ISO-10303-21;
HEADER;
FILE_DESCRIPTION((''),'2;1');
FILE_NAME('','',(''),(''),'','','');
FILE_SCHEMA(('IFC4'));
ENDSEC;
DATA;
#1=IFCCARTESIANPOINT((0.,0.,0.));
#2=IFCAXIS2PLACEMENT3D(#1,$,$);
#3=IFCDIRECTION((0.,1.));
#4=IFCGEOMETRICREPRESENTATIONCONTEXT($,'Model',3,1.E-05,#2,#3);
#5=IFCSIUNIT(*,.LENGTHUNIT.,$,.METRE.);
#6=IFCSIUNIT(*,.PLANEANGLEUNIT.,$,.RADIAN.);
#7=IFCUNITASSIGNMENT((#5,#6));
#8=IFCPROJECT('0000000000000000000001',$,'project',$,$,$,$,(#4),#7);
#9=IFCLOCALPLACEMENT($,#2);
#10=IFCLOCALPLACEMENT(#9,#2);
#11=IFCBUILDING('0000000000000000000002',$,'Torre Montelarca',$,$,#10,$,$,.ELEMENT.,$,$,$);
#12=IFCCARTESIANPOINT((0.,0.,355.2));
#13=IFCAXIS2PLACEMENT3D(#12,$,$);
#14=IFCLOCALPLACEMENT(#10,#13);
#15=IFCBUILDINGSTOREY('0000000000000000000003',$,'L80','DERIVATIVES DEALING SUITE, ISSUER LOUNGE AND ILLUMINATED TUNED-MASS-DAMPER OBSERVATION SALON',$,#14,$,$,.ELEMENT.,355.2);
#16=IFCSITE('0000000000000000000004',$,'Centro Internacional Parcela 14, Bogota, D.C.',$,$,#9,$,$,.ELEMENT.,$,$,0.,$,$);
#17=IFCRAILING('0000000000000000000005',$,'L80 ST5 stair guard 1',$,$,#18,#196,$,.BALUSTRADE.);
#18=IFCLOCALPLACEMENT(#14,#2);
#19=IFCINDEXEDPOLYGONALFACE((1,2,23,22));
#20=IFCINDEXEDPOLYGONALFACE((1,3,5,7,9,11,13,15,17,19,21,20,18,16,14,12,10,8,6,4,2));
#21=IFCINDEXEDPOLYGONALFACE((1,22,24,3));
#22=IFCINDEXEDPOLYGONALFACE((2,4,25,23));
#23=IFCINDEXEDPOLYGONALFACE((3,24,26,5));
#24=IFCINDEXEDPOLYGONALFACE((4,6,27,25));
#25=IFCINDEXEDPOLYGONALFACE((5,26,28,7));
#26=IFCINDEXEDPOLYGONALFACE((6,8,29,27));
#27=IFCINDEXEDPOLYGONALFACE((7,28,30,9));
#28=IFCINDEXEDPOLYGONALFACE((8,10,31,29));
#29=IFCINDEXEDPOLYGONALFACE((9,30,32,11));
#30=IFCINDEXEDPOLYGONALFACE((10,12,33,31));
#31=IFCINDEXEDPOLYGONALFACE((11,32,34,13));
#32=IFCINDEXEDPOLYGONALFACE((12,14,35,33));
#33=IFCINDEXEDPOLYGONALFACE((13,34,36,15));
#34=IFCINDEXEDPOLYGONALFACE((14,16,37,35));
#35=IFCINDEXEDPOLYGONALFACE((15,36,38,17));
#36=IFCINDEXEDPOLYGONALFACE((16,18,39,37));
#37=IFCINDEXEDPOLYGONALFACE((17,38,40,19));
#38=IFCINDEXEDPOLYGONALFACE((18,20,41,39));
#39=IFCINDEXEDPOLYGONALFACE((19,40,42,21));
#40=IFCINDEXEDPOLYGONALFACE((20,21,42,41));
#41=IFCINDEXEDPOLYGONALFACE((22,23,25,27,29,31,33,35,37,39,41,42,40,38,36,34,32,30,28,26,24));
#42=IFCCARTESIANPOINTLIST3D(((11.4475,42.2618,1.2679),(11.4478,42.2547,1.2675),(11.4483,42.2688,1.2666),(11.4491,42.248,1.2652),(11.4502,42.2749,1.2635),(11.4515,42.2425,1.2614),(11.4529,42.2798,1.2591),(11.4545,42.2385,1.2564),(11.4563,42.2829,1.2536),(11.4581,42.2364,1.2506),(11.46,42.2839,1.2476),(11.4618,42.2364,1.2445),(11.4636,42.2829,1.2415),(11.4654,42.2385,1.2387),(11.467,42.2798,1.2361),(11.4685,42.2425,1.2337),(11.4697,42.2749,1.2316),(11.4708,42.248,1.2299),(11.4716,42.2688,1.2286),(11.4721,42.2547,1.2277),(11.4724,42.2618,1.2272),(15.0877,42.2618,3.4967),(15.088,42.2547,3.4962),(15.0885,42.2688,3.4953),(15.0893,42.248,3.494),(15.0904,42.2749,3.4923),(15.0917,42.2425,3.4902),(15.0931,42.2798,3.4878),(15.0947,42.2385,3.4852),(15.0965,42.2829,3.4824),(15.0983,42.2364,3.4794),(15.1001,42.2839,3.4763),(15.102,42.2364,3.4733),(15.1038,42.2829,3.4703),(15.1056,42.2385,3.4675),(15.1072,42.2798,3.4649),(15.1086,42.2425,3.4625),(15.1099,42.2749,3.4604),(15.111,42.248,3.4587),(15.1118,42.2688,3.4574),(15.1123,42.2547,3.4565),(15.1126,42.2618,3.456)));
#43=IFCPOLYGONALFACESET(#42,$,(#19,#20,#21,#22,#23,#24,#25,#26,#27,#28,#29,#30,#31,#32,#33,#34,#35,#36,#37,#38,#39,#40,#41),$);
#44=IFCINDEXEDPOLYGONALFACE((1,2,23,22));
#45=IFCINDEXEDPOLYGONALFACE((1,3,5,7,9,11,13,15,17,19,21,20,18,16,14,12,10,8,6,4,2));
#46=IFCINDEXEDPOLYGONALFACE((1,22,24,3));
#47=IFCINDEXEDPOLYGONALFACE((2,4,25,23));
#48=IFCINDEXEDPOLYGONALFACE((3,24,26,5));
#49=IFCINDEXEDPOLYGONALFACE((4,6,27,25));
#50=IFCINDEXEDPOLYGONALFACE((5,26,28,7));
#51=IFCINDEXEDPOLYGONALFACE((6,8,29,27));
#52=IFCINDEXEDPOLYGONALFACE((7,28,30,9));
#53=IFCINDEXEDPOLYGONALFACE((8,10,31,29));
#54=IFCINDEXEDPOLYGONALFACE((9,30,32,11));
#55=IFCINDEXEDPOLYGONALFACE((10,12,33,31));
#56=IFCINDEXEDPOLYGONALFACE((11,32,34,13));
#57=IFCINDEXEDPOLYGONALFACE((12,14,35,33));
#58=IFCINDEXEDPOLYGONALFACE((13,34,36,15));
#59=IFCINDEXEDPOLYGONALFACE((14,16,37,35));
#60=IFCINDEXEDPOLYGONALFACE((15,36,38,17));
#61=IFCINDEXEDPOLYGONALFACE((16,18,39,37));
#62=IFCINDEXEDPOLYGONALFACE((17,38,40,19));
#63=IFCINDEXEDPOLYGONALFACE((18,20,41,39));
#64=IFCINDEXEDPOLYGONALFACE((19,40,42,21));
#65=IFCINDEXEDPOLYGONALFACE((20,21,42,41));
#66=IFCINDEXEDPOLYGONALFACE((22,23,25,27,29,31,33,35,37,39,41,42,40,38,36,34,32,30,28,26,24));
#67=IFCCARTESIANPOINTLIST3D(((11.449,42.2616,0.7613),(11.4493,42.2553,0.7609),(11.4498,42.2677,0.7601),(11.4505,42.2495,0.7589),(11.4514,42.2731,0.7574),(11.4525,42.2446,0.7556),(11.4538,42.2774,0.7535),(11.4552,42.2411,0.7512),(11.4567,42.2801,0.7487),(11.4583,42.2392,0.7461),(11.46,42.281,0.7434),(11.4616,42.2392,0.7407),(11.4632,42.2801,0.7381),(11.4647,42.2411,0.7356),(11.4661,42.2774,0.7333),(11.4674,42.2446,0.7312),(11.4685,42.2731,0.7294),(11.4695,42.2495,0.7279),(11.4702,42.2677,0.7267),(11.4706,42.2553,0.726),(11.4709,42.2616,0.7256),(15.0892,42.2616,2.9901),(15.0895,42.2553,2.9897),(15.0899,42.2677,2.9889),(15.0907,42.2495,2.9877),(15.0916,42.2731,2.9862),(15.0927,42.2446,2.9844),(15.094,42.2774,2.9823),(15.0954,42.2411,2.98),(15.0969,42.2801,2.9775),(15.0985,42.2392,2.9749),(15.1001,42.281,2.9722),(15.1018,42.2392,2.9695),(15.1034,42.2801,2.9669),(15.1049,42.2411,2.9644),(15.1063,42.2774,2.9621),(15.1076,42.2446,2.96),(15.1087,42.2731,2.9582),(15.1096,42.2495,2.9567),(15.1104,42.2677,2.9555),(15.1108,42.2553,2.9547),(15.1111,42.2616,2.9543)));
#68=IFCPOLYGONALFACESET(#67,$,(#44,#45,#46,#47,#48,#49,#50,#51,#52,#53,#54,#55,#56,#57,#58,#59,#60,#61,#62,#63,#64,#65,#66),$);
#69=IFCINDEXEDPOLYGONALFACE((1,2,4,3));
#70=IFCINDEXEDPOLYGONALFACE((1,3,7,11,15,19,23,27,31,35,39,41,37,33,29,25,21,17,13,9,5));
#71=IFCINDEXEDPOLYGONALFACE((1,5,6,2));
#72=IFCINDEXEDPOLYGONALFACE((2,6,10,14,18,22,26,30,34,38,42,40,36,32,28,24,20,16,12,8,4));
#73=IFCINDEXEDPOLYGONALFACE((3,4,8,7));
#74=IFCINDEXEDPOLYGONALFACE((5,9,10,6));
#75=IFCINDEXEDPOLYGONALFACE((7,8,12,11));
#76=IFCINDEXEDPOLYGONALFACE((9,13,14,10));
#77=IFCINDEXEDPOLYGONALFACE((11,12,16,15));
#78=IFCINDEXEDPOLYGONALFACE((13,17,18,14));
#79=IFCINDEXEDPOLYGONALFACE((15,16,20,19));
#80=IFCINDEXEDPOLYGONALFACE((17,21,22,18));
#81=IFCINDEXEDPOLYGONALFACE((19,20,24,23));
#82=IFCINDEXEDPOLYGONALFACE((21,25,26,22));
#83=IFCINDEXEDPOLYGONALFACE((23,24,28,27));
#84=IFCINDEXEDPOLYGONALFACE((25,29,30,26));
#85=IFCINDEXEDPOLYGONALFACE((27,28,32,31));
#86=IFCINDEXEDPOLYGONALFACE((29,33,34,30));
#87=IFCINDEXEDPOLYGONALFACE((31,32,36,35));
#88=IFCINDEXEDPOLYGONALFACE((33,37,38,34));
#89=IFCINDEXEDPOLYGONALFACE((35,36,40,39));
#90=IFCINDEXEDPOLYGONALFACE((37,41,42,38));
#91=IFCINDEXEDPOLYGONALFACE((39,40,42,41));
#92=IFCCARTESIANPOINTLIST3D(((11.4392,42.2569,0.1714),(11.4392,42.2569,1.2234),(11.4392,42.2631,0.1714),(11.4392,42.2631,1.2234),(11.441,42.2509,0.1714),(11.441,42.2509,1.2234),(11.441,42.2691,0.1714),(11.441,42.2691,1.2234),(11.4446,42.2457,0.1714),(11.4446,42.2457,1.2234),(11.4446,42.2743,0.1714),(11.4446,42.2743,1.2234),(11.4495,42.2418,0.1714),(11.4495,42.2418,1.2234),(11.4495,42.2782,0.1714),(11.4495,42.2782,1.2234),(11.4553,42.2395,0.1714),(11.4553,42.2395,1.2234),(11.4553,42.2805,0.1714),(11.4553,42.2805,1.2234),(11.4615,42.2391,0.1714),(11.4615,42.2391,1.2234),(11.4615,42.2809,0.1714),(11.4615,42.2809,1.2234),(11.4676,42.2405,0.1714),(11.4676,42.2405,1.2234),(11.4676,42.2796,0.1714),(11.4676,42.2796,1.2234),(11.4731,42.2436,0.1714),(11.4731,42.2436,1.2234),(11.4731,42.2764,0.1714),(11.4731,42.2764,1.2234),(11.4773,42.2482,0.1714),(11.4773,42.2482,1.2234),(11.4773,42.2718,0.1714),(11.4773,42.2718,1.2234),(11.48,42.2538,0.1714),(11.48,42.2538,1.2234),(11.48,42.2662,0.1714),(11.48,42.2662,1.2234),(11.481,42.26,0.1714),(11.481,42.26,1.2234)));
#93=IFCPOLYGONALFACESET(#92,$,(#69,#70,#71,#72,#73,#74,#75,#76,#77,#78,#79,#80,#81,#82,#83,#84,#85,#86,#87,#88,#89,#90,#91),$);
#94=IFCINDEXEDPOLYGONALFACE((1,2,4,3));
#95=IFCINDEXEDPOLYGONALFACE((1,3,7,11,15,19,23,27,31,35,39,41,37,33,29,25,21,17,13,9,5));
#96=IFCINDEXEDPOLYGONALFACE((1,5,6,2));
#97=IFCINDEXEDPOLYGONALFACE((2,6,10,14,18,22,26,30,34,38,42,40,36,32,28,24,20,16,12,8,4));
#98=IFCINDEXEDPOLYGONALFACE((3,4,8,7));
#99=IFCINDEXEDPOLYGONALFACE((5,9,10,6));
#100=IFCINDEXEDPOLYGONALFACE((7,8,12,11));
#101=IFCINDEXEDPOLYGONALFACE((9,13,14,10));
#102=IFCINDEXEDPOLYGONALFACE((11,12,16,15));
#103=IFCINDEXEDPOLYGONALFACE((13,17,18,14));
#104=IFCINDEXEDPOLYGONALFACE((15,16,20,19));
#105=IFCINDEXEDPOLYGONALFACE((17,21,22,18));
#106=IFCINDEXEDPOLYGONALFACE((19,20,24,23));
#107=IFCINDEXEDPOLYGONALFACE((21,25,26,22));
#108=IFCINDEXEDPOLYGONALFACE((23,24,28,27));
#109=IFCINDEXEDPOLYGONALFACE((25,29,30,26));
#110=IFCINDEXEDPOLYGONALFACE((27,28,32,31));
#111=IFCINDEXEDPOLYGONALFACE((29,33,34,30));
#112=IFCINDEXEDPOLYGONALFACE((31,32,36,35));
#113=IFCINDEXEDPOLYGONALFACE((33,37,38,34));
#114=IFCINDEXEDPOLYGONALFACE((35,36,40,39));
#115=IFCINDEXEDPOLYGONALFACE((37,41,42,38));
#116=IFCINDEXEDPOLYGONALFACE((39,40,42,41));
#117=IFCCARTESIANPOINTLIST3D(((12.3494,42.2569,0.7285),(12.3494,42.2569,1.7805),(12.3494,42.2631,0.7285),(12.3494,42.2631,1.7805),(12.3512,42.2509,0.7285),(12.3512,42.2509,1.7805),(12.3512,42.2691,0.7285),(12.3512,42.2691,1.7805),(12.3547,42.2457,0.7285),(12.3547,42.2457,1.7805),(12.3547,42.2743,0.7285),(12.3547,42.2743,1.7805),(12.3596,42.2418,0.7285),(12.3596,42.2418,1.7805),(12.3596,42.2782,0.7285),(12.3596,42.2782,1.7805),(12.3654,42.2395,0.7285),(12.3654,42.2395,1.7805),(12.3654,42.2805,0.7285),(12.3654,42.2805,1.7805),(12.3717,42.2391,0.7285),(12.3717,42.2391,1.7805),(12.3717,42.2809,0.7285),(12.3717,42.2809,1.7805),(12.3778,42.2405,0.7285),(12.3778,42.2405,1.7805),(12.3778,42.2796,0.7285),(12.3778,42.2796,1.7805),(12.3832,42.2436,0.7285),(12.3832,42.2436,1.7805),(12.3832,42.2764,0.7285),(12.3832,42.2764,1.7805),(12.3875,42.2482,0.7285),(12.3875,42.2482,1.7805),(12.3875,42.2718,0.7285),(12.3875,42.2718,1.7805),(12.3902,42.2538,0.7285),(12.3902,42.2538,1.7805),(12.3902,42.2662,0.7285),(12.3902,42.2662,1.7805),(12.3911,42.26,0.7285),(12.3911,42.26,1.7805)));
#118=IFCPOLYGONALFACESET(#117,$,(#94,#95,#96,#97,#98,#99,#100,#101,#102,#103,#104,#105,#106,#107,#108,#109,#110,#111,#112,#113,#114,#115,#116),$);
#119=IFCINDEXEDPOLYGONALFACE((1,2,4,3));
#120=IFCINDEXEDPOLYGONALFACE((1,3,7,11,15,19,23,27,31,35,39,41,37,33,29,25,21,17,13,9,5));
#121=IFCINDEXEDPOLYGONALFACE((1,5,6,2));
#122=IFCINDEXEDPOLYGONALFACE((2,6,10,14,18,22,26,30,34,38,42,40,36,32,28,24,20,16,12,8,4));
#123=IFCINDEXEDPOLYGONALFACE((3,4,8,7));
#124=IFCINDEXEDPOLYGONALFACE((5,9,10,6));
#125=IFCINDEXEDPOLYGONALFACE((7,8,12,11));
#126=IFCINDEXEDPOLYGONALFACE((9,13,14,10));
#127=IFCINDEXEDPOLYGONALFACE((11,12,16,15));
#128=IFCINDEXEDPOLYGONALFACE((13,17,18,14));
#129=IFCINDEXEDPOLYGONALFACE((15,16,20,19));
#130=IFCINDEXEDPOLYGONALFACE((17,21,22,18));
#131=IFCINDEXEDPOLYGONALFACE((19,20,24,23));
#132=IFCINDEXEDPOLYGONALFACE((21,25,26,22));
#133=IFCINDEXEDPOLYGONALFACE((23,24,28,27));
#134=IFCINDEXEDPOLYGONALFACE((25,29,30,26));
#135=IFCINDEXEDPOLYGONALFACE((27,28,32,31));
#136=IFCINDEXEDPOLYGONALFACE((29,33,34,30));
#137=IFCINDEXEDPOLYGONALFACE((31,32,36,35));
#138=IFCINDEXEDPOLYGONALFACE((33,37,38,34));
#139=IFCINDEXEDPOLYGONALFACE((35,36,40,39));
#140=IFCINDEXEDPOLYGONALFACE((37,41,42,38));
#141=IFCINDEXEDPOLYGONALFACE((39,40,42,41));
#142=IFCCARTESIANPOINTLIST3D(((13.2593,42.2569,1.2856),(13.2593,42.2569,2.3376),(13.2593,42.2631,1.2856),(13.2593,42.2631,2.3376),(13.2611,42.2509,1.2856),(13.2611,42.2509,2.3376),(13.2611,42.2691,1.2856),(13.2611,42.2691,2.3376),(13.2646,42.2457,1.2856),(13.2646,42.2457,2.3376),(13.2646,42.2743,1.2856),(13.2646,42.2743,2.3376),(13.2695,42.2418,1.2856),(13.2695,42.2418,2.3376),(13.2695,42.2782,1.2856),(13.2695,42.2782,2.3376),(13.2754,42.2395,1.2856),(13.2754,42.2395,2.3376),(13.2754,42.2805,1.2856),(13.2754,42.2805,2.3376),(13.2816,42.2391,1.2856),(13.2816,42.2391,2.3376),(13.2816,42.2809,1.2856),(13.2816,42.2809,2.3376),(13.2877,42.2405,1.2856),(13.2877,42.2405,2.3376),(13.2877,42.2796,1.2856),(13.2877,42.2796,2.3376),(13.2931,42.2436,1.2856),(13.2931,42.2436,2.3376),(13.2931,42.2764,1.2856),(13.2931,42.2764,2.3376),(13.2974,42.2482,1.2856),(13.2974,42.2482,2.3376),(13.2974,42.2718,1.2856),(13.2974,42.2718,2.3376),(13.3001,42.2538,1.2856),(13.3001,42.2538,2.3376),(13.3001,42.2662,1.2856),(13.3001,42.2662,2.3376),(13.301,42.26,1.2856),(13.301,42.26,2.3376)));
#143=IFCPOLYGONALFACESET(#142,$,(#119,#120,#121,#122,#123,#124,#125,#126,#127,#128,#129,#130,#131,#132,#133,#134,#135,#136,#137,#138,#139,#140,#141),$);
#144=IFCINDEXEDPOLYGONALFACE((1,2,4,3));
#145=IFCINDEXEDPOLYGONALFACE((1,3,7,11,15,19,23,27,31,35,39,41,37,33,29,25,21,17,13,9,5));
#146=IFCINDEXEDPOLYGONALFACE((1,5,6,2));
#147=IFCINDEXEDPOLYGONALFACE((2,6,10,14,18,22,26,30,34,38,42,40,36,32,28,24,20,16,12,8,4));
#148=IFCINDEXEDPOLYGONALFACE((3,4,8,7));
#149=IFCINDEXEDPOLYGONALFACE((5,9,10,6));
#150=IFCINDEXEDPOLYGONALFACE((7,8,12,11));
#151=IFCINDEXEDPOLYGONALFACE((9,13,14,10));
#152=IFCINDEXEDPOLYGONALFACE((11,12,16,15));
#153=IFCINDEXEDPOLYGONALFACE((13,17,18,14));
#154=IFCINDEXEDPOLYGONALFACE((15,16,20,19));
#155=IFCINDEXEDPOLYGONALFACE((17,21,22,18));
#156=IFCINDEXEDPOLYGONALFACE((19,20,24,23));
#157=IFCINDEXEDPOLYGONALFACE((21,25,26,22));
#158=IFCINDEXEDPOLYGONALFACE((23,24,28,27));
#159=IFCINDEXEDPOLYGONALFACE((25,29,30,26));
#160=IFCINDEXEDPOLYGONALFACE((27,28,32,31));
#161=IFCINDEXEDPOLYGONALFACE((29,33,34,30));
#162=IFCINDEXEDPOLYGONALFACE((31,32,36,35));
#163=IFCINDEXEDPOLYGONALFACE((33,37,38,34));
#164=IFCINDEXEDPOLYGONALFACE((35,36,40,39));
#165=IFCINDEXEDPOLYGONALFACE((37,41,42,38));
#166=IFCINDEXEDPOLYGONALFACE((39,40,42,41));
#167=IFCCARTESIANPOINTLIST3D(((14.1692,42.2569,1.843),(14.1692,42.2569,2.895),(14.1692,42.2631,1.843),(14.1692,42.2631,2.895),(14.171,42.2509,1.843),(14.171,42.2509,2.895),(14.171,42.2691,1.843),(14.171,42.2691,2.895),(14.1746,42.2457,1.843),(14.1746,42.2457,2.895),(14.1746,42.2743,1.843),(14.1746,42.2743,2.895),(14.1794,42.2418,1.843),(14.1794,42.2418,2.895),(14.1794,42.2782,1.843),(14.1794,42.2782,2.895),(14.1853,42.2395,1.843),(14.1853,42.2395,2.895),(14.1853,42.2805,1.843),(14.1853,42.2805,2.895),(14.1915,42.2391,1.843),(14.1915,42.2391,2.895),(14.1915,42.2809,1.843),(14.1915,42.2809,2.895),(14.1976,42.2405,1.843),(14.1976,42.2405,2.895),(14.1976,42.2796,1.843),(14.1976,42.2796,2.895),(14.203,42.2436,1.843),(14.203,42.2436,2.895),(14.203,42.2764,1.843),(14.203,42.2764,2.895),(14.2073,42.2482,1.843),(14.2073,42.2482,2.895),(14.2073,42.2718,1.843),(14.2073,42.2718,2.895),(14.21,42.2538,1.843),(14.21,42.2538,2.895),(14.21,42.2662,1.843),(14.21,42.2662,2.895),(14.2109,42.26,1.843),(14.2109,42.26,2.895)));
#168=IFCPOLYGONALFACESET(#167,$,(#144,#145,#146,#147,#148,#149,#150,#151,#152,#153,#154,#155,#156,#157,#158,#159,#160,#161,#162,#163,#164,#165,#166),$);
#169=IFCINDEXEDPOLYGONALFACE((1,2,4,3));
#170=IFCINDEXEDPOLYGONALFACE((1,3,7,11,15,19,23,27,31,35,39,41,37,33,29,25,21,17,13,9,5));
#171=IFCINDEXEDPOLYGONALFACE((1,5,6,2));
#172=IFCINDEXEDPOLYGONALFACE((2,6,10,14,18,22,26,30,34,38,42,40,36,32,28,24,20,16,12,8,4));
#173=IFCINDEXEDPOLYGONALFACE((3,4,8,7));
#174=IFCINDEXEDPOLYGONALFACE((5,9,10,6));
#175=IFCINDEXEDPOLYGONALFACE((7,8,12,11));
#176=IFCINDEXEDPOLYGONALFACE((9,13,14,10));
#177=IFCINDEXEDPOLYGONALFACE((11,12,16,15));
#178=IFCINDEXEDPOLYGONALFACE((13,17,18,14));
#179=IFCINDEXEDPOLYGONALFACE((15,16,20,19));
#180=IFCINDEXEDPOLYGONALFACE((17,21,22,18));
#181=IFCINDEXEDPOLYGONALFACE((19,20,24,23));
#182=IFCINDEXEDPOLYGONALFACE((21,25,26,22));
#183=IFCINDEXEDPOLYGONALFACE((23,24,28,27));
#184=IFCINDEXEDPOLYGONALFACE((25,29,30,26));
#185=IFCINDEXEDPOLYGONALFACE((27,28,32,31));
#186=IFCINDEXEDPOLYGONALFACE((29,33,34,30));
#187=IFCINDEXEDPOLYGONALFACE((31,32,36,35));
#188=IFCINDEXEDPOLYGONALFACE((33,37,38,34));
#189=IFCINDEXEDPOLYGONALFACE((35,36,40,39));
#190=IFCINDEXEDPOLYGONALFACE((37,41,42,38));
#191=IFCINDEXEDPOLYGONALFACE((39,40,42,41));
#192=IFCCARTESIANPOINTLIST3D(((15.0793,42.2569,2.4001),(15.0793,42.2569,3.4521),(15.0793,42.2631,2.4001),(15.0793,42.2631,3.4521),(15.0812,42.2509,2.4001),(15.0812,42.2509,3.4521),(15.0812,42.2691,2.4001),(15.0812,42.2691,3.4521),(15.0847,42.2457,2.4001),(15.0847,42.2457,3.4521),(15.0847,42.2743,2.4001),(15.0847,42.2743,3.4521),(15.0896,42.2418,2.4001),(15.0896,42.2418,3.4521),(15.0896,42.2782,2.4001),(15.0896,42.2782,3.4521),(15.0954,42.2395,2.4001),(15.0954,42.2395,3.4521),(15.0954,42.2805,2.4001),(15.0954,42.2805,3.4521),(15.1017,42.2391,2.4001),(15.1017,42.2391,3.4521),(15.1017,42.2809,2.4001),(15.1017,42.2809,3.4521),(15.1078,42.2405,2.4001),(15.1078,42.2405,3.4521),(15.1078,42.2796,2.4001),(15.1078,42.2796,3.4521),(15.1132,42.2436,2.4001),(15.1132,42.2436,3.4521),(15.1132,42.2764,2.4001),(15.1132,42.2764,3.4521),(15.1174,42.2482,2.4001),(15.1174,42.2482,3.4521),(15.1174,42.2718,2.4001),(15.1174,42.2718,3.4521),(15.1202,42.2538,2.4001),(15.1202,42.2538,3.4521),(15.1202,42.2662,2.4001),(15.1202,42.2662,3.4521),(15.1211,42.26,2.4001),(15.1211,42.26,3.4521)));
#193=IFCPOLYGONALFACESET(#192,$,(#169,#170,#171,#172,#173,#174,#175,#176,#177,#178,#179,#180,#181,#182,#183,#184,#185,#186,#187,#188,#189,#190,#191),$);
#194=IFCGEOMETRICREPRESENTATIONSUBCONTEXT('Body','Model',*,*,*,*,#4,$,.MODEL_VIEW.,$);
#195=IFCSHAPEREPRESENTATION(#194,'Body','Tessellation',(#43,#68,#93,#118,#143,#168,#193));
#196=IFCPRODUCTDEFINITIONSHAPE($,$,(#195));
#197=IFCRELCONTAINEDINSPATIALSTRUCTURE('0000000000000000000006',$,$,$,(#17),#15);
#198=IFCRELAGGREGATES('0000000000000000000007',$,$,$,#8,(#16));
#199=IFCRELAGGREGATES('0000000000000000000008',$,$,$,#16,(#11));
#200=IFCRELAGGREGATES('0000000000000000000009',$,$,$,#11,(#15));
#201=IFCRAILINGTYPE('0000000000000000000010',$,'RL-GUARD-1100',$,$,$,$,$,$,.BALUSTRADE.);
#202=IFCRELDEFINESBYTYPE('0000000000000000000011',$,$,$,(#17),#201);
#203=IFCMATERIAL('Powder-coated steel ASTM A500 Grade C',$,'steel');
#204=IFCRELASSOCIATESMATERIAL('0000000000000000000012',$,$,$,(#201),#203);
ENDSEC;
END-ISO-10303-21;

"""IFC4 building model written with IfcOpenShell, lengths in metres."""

from ifc_helpers import new_model, si_unit, direction, frame, origin, origin_2d, place, context, subcontext, project, spatial, circle, extrude, material, type_object, element, save


model = new_model("IFC4")

# Units and contexts
model_context = context("Model", 3, precision=1e-05, world=origin(), true_north=direction((0.0, 1.0)))
body_context = subcontext(model_context, "Body", "Model", "MODEL_VIEW")
ifc_project = project(units=[si_unit("LENGTHUNIT", "METRE"), si_unit("PLANEANGLEUNIT", "RADIAN")], contexts=[model_context])

# Site, building, storey
site_placement = place(None, origin())
site = spatial("IfcSite", under=ifc_project, at=site_placement, Name="Centro Internacional Parcela 14, Bogota, D.C.", CompositionType="ELEMENT", RefElevation=0.0)
building_placement = place(site_placement, origin())
building = spatial("IfcBuilding", under=site, at=building_placement, Name="Torre Montelarca", CompositionType="ELEMENT")
storey_placement = place(building_placement, frame((0.0, 0.0, 355.2)))
storey = spatial("IfcBuildingStorey", under=building, at=storey_placement, Name="L80", Description="DERIVATIVES DEALING SUITE, ISSUER LOUNGE AND ILLUMINATED TUNED-MASS-DAMPER OBSERVATION SALON", CompositionType="ELEMENT", Elevation=355.2)

# Railing
ifc_material_1 = material(Name="Powder-coated steel ASTM A500 Grade C", Category="steel")
railing_type_1 = type_object("IfcRailingType", Name="RL-GUARD-1100", PredefinedType="BALUSTRADE", material=ifc_material_1)
railing_1_placement = place(storey_placement, frame((11.46, 42.26, 0.1714)))
element("IfcRailing", 1, at=railing_1_placement, inside=storey, type_object=railing_type_1, Name="L80 ST5 stair guard 1", PredefinedType="BALUSTRADE", context=body_context, shape_type="SweptSolid", body=[
    extrude(circle(Radius=0.0239, at=origin_2d()), frame((0.0, 0.0, 1.0762), z_axis=(0.85284, 0.0, 0.522172), x_axis=(0.0, 1.0, 0.0)), (0.0, 0.0, 1.0), 4.2683),
    extrude(circle(Radius=0.021, at=origin_2d()), frame((0.0, 0.0, 0.572), z_axis=(0.85284, 0.0, 0.522172), x_axis=(0.0, 1.0, 0.0)), (0.0, 0.0, 1.0), 4.2683),
    extrude(circle(Radius=0.021, at=origin_2d()), origin(), (0.0, 0.0, 1.0), 1.052),
    extrude(circle(Radius=0.021, at=origin_2d()), frame((0.9102, 0.0, 0.5571)), (0.0, 0.0, 1.0), 1.052),
    extrude(circle(Radius=0.021, at=origin_2d()), frame((1.8201, 0.0, 1.1143)), (0.0, 0.0, 1.0), 1.052),
    extrude(circle(Radius=0.021, at=origin_2d()), frame((2.73, 0.0, 1.6716)), (0.0, 0.0, 1.0), 1.052),
    extrude(circle(Radius=0.021, at=origin_2d()), frame((3.6401, 0.0, 2.2288)), (0.0, 0.0, 1.0), 1.052),
])

save(model, "model.ifc")
